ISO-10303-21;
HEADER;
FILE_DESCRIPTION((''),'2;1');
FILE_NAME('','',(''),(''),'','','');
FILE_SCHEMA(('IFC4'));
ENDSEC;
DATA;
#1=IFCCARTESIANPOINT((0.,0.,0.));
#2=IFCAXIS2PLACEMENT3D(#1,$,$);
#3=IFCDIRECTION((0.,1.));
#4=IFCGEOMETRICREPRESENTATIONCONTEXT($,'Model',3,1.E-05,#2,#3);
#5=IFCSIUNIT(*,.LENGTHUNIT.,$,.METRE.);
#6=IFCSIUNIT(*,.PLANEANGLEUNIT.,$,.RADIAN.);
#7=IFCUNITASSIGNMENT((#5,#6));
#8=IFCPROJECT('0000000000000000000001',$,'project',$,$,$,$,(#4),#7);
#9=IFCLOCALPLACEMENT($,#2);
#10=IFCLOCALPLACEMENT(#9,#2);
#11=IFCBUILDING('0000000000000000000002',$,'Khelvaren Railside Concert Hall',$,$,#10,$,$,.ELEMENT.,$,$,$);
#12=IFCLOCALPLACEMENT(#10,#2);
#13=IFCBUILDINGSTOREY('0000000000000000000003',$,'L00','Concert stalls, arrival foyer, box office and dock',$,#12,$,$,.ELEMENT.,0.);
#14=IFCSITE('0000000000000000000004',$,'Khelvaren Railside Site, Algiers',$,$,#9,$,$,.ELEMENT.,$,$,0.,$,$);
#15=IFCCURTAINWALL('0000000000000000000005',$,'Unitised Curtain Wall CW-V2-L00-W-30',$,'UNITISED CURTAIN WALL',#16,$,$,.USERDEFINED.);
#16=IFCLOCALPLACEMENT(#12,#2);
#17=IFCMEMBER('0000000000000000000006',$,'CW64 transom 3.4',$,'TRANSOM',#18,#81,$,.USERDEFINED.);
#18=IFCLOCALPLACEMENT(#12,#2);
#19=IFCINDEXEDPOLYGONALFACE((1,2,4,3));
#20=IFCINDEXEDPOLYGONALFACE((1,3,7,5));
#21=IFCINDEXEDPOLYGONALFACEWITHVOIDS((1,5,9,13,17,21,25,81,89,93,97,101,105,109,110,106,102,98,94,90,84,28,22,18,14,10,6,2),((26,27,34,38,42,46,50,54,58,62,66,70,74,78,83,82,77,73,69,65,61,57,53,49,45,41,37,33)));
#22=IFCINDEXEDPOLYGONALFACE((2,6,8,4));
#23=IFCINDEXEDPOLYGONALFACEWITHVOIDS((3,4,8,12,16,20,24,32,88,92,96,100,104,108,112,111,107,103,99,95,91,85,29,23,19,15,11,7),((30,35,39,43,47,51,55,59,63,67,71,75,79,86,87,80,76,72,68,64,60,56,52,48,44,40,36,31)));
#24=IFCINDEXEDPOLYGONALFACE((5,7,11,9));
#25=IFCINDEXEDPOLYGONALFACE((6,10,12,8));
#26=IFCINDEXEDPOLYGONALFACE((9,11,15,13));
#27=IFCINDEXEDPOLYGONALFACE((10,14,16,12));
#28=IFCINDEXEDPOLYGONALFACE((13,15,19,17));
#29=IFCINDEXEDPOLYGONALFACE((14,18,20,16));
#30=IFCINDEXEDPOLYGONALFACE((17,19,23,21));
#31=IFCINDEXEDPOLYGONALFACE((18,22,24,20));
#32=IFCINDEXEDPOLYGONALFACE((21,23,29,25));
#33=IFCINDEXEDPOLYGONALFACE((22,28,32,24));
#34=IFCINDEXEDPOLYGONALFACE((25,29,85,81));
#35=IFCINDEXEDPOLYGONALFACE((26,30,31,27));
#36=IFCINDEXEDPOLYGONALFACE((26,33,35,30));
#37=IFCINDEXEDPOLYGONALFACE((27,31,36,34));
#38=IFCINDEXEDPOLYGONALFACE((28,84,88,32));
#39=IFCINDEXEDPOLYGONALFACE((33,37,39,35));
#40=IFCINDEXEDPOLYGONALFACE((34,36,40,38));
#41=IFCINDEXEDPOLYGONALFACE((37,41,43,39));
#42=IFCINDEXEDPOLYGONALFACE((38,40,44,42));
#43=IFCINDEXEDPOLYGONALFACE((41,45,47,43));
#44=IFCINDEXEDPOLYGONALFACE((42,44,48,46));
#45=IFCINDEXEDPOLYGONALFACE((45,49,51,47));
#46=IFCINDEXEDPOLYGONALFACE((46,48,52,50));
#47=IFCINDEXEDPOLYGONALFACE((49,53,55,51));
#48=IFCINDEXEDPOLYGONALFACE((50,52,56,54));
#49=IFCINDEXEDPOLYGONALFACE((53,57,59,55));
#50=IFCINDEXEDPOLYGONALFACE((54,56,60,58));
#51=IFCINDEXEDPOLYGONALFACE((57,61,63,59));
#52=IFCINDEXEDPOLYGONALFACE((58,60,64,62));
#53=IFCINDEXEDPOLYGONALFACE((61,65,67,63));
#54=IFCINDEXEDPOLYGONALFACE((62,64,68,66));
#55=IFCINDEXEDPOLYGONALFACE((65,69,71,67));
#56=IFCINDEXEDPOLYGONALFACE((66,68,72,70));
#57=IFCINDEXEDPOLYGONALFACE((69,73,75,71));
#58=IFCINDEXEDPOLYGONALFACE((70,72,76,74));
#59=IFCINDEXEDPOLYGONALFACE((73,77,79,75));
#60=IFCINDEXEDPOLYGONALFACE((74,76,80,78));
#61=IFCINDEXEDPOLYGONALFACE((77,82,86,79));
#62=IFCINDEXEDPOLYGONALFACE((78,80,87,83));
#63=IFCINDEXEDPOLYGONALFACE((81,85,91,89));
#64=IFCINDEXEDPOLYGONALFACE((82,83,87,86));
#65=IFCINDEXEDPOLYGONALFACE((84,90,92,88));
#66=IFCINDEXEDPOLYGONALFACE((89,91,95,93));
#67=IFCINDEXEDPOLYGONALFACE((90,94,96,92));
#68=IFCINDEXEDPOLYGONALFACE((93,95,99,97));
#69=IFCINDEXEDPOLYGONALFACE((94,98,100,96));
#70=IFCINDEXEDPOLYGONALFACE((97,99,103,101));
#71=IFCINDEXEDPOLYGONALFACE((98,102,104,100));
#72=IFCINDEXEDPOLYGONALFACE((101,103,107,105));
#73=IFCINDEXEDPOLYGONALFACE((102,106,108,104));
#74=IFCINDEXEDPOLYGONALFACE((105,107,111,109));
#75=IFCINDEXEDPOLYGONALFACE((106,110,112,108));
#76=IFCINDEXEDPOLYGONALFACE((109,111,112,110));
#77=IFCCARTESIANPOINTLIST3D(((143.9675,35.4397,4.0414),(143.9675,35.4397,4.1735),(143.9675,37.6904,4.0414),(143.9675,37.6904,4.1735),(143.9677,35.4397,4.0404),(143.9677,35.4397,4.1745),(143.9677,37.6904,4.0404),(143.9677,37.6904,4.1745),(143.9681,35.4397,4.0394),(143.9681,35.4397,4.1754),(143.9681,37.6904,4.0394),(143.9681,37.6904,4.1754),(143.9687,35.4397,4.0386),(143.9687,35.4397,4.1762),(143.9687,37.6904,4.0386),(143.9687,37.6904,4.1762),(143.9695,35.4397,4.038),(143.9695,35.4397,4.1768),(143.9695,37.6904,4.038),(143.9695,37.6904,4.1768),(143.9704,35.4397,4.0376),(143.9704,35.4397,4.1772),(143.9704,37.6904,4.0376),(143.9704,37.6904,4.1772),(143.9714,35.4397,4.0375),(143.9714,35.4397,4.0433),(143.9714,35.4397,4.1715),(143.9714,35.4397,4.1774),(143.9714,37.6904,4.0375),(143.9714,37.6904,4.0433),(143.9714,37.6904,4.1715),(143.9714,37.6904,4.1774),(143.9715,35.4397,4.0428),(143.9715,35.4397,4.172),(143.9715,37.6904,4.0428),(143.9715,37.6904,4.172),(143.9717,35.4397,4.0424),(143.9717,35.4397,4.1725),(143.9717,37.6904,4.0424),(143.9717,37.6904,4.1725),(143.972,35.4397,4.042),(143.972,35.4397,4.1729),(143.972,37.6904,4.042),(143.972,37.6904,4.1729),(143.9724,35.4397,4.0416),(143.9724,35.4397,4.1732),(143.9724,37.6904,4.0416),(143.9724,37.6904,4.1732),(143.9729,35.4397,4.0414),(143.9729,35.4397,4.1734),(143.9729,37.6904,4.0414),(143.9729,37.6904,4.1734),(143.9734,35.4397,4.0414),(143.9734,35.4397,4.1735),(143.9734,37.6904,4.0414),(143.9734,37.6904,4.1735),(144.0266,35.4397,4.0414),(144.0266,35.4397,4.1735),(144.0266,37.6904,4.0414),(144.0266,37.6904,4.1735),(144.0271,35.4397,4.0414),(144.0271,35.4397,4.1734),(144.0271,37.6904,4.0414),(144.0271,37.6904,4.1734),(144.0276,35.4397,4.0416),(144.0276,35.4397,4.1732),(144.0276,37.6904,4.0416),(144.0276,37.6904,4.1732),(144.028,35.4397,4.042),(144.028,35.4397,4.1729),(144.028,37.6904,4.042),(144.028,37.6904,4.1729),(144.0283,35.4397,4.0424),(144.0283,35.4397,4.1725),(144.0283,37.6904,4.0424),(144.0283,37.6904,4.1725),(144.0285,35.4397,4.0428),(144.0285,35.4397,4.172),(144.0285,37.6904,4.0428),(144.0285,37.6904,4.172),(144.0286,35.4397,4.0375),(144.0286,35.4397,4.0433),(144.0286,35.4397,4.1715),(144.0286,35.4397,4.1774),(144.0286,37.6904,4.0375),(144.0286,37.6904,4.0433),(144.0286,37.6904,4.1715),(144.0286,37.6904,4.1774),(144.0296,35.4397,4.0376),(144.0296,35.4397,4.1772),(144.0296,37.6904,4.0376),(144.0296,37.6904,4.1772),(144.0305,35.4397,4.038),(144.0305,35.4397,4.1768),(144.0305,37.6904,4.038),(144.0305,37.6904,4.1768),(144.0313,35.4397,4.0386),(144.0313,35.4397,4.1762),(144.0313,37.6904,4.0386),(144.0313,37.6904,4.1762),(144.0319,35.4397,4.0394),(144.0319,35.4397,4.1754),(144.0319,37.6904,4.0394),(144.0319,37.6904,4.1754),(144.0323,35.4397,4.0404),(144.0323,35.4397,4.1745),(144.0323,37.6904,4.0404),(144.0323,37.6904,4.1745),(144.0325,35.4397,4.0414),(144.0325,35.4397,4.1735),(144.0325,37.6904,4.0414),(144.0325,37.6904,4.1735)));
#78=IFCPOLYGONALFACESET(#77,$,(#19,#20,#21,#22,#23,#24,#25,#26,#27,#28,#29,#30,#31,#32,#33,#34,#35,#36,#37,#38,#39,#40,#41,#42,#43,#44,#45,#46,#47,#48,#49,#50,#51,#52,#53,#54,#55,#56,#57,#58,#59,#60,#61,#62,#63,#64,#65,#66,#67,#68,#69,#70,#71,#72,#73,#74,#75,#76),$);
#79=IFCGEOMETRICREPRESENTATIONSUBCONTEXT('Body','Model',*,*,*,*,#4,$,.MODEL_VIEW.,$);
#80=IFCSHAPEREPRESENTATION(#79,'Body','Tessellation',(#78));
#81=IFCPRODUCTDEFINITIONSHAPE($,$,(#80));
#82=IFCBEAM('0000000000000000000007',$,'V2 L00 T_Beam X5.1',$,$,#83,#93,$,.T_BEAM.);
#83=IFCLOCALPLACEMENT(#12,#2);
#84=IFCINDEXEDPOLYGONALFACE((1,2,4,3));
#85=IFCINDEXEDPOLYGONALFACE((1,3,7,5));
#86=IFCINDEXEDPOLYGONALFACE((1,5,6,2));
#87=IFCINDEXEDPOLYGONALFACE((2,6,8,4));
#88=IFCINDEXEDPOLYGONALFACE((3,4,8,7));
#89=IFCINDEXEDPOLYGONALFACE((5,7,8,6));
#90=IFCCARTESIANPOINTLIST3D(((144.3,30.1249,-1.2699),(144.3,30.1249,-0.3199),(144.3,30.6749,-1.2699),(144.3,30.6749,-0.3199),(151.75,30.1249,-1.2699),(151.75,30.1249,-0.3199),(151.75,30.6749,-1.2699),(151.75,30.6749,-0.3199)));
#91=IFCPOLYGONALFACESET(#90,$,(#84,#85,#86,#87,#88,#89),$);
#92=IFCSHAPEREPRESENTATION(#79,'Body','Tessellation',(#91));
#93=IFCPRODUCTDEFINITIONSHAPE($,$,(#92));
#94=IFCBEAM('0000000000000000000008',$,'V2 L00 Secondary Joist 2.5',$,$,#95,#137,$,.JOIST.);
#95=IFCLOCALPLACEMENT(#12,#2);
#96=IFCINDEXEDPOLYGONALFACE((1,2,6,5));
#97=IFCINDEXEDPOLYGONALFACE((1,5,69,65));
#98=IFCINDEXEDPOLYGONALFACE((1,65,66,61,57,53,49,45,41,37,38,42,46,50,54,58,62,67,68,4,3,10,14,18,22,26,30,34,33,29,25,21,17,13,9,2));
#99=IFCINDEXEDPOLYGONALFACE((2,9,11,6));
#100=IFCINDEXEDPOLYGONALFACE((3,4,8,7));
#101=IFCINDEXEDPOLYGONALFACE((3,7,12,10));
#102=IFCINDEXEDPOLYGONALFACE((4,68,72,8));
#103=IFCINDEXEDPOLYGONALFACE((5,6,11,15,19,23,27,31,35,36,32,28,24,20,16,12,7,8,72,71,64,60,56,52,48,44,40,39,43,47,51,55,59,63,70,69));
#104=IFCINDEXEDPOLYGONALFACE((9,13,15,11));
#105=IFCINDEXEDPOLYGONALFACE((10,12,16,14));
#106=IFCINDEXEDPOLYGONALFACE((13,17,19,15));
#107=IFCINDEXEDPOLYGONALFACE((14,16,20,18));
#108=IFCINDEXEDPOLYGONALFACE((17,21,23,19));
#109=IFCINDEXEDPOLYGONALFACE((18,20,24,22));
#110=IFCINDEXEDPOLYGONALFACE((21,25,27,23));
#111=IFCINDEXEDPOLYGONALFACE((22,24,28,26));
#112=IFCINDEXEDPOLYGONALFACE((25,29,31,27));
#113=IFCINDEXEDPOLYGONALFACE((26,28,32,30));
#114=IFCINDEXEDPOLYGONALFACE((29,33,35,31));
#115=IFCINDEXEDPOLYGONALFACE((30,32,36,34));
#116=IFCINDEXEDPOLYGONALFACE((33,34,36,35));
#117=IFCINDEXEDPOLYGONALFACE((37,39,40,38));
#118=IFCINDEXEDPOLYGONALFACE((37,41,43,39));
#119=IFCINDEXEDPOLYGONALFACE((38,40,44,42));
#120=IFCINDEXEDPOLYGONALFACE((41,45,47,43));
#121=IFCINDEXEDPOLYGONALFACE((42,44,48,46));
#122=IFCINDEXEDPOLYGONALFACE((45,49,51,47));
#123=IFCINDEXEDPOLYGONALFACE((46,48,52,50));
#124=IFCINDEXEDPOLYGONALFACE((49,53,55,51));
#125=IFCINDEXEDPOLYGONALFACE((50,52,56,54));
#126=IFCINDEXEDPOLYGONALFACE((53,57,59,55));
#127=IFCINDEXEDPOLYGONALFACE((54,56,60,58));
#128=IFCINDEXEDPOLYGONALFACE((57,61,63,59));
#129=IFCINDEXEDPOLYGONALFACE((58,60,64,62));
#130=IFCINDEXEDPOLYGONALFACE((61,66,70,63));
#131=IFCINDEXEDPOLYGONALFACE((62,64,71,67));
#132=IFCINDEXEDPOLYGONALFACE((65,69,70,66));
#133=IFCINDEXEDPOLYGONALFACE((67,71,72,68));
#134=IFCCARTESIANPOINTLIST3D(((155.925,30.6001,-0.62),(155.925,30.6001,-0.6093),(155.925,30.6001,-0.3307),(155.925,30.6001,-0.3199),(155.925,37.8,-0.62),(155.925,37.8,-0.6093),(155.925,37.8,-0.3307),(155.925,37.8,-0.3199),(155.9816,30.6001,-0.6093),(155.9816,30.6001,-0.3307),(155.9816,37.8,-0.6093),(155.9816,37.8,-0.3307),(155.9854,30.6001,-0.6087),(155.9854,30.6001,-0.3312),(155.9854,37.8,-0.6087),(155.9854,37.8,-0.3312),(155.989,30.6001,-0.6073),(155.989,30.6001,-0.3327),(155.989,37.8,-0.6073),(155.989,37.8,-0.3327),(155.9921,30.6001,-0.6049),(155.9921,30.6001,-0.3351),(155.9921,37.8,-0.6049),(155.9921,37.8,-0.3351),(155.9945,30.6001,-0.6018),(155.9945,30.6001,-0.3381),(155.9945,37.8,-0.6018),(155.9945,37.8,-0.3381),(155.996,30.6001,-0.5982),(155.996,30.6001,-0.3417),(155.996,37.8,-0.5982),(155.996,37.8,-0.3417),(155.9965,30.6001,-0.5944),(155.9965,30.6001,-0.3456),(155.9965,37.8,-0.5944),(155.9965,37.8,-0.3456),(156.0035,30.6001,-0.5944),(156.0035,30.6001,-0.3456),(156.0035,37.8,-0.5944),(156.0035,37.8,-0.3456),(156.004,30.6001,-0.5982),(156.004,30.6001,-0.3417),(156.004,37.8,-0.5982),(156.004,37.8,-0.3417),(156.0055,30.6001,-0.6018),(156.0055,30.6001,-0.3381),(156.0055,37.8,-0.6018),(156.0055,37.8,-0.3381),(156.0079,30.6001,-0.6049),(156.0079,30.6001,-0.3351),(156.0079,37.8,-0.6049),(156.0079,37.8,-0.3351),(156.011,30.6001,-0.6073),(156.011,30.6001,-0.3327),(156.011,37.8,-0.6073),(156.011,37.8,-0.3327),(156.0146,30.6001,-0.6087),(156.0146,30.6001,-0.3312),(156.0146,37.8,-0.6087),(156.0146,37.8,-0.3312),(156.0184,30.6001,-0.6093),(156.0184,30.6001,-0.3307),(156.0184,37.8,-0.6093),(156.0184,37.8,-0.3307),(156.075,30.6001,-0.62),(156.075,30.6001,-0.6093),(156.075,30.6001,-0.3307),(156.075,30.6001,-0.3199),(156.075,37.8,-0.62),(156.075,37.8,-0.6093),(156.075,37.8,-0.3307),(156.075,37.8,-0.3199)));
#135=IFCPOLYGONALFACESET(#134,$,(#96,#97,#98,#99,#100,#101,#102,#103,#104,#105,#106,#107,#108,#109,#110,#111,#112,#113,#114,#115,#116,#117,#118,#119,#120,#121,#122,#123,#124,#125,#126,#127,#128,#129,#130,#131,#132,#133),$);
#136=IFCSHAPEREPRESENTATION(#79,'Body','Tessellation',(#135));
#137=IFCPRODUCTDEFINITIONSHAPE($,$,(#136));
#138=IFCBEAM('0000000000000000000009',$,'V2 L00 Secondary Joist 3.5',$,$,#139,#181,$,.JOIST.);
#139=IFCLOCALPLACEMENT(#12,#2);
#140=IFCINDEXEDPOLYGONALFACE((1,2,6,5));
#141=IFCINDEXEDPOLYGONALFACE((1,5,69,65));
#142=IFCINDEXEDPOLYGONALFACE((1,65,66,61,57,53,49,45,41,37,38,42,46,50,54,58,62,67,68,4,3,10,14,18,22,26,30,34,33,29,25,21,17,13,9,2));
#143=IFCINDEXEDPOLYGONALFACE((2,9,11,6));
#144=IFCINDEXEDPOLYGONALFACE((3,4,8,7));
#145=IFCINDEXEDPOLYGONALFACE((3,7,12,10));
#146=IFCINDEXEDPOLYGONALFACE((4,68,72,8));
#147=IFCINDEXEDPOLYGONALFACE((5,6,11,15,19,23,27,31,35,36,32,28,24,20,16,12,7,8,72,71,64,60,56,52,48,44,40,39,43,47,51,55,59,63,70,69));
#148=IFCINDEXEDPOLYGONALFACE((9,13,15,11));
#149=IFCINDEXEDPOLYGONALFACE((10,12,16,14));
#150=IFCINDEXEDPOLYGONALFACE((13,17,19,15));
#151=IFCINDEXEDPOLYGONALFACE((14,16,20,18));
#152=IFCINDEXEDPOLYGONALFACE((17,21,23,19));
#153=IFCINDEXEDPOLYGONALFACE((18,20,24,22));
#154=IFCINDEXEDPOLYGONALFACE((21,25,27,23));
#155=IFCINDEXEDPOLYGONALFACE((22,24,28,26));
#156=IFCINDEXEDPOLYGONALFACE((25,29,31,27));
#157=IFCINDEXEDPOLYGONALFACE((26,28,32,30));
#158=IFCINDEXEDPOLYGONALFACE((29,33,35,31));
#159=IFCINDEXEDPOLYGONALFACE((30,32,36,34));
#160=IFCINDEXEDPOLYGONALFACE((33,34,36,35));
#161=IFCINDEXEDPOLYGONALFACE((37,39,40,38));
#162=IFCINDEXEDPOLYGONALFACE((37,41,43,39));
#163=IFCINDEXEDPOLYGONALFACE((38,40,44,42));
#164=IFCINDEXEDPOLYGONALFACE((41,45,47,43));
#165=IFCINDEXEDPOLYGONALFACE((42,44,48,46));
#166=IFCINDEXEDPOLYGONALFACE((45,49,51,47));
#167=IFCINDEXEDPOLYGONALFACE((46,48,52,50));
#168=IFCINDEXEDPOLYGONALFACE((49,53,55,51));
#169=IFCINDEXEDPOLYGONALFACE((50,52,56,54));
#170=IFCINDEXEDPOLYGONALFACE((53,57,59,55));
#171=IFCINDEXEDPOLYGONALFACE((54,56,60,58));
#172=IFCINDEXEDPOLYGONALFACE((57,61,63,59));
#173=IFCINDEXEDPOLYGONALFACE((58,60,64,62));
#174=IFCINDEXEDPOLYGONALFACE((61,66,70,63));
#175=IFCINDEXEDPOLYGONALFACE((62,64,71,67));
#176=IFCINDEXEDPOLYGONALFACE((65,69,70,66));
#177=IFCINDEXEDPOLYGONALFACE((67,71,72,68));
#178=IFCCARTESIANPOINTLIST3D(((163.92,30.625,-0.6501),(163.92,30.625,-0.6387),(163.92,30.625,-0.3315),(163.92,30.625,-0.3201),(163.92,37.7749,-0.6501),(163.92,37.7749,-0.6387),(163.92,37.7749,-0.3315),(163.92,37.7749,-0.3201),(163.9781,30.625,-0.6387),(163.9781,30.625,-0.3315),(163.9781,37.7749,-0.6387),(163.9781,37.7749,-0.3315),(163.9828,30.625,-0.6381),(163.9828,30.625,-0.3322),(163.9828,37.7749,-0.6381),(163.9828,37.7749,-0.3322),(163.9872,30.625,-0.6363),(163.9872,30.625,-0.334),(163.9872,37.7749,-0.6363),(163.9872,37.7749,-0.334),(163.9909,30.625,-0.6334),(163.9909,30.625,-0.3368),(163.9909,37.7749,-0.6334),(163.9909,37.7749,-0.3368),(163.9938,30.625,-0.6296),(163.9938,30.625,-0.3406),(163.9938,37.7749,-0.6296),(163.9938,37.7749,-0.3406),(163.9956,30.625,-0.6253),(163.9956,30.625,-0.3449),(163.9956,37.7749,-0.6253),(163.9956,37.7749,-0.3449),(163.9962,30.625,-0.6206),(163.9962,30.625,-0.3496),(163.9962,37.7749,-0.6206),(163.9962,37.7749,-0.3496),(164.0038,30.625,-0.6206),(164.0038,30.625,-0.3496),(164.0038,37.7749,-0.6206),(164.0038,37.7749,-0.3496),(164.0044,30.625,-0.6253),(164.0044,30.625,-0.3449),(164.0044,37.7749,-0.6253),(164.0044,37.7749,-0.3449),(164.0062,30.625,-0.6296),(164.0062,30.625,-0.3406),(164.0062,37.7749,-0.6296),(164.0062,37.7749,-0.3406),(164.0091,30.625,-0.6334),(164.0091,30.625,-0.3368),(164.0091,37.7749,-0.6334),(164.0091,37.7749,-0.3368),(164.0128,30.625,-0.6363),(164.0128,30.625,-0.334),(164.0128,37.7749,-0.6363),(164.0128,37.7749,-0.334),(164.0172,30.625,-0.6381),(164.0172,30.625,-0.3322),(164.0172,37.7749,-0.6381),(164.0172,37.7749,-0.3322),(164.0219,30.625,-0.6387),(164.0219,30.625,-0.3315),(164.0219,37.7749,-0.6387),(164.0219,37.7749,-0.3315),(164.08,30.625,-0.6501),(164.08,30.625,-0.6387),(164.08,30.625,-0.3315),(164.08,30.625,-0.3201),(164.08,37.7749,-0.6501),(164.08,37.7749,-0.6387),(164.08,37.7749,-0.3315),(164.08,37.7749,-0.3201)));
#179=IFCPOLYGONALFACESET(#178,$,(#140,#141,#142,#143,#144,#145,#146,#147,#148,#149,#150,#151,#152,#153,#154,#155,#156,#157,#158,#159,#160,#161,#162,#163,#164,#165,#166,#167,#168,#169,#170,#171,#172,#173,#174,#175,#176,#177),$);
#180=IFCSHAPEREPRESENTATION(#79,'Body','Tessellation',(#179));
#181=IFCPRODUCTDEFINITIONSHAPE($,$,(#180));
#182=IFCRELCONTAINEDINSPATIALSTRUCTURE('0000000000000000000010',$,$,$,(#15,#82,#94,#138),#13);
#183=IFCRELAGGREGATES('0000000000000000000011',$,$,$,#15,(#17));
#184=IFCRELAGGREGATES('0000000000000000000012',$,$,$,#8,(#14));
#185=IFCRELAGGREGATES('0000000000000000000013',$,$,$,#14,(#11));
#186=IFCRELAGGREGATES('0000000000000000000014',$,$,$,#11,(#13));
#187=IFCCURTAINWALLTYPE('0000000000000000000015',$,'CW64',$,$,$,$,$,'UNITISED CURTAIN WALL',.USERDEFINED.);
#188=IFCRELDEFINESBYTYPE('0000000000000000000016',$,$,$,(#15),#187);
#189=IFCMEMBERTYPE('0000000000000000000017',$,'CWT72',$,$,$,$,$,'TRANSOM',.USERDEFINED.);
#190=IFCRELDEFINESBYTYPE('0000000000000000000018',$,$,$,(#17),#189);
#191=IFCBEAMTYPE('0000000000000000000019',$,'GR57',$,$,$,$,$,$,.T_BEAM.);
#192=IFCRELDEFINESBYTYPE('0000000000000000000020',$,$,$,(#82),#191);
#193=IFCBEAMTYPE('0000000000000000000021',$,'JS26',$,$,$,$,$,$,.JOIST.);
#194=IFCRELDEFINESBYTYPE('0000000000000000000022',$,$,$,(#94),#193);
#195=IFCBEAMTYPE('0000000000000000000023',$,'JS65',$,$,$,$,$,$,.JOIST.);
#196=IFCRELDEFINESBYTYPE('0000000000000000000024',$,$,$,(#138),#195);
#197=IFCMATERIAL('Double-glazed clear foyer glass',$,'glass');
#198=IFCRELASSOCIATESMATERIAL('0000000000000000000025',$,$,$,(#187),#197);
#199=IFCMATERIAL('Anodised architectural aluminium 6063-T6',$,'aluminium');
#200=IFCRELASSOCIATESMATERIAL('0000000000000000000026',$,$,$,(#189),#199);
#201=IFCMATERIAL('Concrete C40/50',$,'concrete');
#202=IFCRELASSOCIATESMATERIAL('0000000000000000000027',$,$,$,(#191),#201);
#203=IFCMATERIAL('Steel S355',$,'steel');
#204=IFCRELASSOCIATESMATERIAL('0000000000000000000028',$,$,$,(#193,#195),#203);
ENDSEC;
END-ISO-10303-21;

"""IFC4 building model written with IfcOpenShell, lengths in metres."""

from ifc_helpers import new_model, si_unit, direction, frame, origin, origin_2d, place, context, subcontext, project, spatial, rectangle, hollow_rectangle, i_section, extrude, material, material_profile, profile_set, type_object, element, aggregate, save


model = new_model("IFC4")

# Units and contexts
model_context = context("Model", 3, precision=1e-05, world=origin(), true_north=direction((0.0, 1.0)))
body_context = subcontext(model_context, "Body", "Model", "MODEL_VIEW")
ifc_project = project(units=[si_unit("LENGTHUNIT", "METRE"), si_unit("PLANEANGLEUNIT", "RADIAN")], contexts=[model_context])

# Site, building, storey
site_placement = place(None, origin())
site = spatial("IfcSite", under=ifc_project, at=site_placement, Name="Khelvaren Railside Site, Algiers", CompositionType="ELEMENT", RefElevation=0.0)
building_placement = place(site_placement, origin())
building = spatial("IfcBuilding", under=site, at=building_placement, Name="Khelvaren Railside Concert Hall", CompositionType="ELEMENT")
storey_placement = place(building_placement, origin())
storey = spatial("IfcBuildingStorey", under=building, at=storey_placement, Name="L00", Description="Concert stalls, arrival foyer, box office and dock", CompositionType="ELEMENT", Elevation=0.0)

# Shared definitions
ifc_material_1 = material(Name="Steel S355", Category="steel")

# Shared definitions
ifc_material_2 = material(Name="Concrete C40/50", Category="concrete")

# Curtain wall
ifc_material_3 = material(Name="Double-glazed clear foyer glass", Category="glass")
curtain_wall_type_1 = type_object("IfcCurtainWallType", Name="CW64", ElementType="UNITISED CURTAIN WALL", PredefinedType="USERDEFINED", material=ifc_material_3)
curtain_wall_1_placement = place(storey_placement, origin())
curtain_wall_1 = element("IfcCurtainWall", 1, at=curtain_wall_1_placement, inside=storey, type_object=curtain_wall_type_1, Name="Unitised Curtain Wall CW-V2-L00-W-30", ObjectType="UNITISED CURTAIN WALL", PredefinedType="USERDEFINED")
ifc_material_4 = material(Name="Anodised architectural aluminium 6063-T6", Category="aluminium")

# Member
ifc_material_profile_1 = material_profile(ifc_material_4, hollow_rectangle(XDim=0.0649, YDim=0.1399, WallThickness=0.0039, InnerFilletRadius=0.002, OuterFilletRadius=0.0039, at=origin_2d()), Name="CWT 65x140x4")
ifc_profile_set_1 = profile_set([ifc_material_profile_1], Name="Anodised architectural aluminium 6063-T6")
member_type_1 = type_object("IfcMemberType", Name="CWT72", ElementType="TRANSOM", PredefinedType="USERDEFINED", material=ifc_profile_set_1)
member_1_placement = place(storey_placement, frame((144.0, 35.4397, 4.1074), z_axis=(0.0, 1.0, 0.0), x_axis=(-1.0, 0.0, 0.0)))
member_1 = element("IfcMember", 2, at=member_1_placement, type_object=member_type_1, Name="CW64 transom 3.4", ObjectType="TRANSOM", PredefinedType="USERDEFINED", context=body_context, shape_type="SweptSolid", body=[
    extrude(hollow_rectangle(XDim=0.0649, YDim=0.1399, WallThickness=0.0039, InnerFilletRadius=0.002, OuterFilletRadius=0.0039, at=origin_2d()), origin(), (0.0, 0.0, 1.0), 2.2507),
])

# Beams
ifc_material_profile_2 = material_profile(ifc_material_2, rectangle(XDim=0.55, YDim=0.95, at=origin_2d()), Name="RCB 550x950")
ifc_profile_set_2 = profile_set([ifc_material_profile_2], Name="Concrete C40/50")
beam_type_1 = type_object("IfcBeamType", Name="GR57", PredefinedType="T_BEAM", material=ifc_profile_set_2)
beam_1_placement = place(storey_placement, frame((144.3, 30.3999, -0.7949), z_axis=(1.0, 0.0, 0.0), x_axis=(0.0, 1.0, 0.0)))
element("IfcBeam", 3, at=beam_1_placement, inside=storey, type_object=beam_type_1, Name="V2 L00 T_Beam X5.1", PredefinedType="T_BEAM", context=body_context, shape_type="SweptSolid", body=[
    extrude(rectangle(XDim=0.55, YDim=0.95, at=origin_2d()), origin(), (0.0, 0.0, 1.0), 7.45),
])
ifc_material_profile_3 = material_profile(ifc_material_1, i_section(OverallWidth=0.1499, OverallDepth=0.3, WebThickness=0.0071, FlangeThickness=0.0107, FilletRadius=0.0149, at=origin_2d()), Name="IPE 300")
ifc_profile_set_3 = profile_set([ifc_material_profile_3], Name="Steel S355")
beam_type_2 = type_object("IfcBeamType", Name="JS26", PredefinedType="JOIST", material=ifc_profile_set_3)
beam_2_placement = place(storey_placement, frame((156.0, 30.6001, -0.47), z_axis=(0.0, 1.0, 0.0), x_axis=(-1.0, 0.0, 0.0)))
element("IfcBeam", 4, at=beam_2_placement, inside=storey, type_object=beam_type_2, Name="V2 L00 Secondary Joist 2.5", PredefinedType="JOIST", context=body_context, shape_type="SweptSolid", body=[
    extrude(i_section(OverallWidth=0.1499, OverallDepth=0.3, WebThickness=0.0071, FlangeThickness=0.0107, FilletRadius=0.0149, at=origin_2d()), origin(), (0.0, 0.0, 1.0), 7.2),
])
ifc_material_profile_4 = material_profile(ifc_material_1, i_section(OverallWidth=0.1599, OverallDepth=0.3301, WebThickness=0.0076, FlangeThickness=0.0115, FilletRadius=0.0181, at=origin_2d()), Name="IPE 330")
ifc_profile_set_4 = profile_set([ifc_material_profile_4], Name="Steel S355")
beam_type_3 = type_object("IfcBeamType", Name="JS65", PredefinedType="JOIST", material=ifc_profile_set_4)
beam_3_placement = place(storey_placement, frame((164.0, 30.625, -0.4851), z_axis=(0.0, 1.0, 0.0), x_axis=(-1.0, 0.0, 0.0)))
element("IfcBeam", 5, at=beam_3_placement, inside=storey, type_object=beam_type_3, Name="V2 L00 Secondary Joist 3.5", PredefinedType="JOIST", context=body_context, shape_type="SweptSolid", body=[
    extrude(i_section(OverallWidth=0.1599, OverallDepth=0.3301, WebThickness=0.0076, FlangeThickness=0.0115, FilletRadius=0.0181, at=origin_2d()), origin(), (0.0, 0.0, 1.0), 7.1499),
])

aggregate(curtain_wall_1, [member_1])

save(model, "model.ifc")
